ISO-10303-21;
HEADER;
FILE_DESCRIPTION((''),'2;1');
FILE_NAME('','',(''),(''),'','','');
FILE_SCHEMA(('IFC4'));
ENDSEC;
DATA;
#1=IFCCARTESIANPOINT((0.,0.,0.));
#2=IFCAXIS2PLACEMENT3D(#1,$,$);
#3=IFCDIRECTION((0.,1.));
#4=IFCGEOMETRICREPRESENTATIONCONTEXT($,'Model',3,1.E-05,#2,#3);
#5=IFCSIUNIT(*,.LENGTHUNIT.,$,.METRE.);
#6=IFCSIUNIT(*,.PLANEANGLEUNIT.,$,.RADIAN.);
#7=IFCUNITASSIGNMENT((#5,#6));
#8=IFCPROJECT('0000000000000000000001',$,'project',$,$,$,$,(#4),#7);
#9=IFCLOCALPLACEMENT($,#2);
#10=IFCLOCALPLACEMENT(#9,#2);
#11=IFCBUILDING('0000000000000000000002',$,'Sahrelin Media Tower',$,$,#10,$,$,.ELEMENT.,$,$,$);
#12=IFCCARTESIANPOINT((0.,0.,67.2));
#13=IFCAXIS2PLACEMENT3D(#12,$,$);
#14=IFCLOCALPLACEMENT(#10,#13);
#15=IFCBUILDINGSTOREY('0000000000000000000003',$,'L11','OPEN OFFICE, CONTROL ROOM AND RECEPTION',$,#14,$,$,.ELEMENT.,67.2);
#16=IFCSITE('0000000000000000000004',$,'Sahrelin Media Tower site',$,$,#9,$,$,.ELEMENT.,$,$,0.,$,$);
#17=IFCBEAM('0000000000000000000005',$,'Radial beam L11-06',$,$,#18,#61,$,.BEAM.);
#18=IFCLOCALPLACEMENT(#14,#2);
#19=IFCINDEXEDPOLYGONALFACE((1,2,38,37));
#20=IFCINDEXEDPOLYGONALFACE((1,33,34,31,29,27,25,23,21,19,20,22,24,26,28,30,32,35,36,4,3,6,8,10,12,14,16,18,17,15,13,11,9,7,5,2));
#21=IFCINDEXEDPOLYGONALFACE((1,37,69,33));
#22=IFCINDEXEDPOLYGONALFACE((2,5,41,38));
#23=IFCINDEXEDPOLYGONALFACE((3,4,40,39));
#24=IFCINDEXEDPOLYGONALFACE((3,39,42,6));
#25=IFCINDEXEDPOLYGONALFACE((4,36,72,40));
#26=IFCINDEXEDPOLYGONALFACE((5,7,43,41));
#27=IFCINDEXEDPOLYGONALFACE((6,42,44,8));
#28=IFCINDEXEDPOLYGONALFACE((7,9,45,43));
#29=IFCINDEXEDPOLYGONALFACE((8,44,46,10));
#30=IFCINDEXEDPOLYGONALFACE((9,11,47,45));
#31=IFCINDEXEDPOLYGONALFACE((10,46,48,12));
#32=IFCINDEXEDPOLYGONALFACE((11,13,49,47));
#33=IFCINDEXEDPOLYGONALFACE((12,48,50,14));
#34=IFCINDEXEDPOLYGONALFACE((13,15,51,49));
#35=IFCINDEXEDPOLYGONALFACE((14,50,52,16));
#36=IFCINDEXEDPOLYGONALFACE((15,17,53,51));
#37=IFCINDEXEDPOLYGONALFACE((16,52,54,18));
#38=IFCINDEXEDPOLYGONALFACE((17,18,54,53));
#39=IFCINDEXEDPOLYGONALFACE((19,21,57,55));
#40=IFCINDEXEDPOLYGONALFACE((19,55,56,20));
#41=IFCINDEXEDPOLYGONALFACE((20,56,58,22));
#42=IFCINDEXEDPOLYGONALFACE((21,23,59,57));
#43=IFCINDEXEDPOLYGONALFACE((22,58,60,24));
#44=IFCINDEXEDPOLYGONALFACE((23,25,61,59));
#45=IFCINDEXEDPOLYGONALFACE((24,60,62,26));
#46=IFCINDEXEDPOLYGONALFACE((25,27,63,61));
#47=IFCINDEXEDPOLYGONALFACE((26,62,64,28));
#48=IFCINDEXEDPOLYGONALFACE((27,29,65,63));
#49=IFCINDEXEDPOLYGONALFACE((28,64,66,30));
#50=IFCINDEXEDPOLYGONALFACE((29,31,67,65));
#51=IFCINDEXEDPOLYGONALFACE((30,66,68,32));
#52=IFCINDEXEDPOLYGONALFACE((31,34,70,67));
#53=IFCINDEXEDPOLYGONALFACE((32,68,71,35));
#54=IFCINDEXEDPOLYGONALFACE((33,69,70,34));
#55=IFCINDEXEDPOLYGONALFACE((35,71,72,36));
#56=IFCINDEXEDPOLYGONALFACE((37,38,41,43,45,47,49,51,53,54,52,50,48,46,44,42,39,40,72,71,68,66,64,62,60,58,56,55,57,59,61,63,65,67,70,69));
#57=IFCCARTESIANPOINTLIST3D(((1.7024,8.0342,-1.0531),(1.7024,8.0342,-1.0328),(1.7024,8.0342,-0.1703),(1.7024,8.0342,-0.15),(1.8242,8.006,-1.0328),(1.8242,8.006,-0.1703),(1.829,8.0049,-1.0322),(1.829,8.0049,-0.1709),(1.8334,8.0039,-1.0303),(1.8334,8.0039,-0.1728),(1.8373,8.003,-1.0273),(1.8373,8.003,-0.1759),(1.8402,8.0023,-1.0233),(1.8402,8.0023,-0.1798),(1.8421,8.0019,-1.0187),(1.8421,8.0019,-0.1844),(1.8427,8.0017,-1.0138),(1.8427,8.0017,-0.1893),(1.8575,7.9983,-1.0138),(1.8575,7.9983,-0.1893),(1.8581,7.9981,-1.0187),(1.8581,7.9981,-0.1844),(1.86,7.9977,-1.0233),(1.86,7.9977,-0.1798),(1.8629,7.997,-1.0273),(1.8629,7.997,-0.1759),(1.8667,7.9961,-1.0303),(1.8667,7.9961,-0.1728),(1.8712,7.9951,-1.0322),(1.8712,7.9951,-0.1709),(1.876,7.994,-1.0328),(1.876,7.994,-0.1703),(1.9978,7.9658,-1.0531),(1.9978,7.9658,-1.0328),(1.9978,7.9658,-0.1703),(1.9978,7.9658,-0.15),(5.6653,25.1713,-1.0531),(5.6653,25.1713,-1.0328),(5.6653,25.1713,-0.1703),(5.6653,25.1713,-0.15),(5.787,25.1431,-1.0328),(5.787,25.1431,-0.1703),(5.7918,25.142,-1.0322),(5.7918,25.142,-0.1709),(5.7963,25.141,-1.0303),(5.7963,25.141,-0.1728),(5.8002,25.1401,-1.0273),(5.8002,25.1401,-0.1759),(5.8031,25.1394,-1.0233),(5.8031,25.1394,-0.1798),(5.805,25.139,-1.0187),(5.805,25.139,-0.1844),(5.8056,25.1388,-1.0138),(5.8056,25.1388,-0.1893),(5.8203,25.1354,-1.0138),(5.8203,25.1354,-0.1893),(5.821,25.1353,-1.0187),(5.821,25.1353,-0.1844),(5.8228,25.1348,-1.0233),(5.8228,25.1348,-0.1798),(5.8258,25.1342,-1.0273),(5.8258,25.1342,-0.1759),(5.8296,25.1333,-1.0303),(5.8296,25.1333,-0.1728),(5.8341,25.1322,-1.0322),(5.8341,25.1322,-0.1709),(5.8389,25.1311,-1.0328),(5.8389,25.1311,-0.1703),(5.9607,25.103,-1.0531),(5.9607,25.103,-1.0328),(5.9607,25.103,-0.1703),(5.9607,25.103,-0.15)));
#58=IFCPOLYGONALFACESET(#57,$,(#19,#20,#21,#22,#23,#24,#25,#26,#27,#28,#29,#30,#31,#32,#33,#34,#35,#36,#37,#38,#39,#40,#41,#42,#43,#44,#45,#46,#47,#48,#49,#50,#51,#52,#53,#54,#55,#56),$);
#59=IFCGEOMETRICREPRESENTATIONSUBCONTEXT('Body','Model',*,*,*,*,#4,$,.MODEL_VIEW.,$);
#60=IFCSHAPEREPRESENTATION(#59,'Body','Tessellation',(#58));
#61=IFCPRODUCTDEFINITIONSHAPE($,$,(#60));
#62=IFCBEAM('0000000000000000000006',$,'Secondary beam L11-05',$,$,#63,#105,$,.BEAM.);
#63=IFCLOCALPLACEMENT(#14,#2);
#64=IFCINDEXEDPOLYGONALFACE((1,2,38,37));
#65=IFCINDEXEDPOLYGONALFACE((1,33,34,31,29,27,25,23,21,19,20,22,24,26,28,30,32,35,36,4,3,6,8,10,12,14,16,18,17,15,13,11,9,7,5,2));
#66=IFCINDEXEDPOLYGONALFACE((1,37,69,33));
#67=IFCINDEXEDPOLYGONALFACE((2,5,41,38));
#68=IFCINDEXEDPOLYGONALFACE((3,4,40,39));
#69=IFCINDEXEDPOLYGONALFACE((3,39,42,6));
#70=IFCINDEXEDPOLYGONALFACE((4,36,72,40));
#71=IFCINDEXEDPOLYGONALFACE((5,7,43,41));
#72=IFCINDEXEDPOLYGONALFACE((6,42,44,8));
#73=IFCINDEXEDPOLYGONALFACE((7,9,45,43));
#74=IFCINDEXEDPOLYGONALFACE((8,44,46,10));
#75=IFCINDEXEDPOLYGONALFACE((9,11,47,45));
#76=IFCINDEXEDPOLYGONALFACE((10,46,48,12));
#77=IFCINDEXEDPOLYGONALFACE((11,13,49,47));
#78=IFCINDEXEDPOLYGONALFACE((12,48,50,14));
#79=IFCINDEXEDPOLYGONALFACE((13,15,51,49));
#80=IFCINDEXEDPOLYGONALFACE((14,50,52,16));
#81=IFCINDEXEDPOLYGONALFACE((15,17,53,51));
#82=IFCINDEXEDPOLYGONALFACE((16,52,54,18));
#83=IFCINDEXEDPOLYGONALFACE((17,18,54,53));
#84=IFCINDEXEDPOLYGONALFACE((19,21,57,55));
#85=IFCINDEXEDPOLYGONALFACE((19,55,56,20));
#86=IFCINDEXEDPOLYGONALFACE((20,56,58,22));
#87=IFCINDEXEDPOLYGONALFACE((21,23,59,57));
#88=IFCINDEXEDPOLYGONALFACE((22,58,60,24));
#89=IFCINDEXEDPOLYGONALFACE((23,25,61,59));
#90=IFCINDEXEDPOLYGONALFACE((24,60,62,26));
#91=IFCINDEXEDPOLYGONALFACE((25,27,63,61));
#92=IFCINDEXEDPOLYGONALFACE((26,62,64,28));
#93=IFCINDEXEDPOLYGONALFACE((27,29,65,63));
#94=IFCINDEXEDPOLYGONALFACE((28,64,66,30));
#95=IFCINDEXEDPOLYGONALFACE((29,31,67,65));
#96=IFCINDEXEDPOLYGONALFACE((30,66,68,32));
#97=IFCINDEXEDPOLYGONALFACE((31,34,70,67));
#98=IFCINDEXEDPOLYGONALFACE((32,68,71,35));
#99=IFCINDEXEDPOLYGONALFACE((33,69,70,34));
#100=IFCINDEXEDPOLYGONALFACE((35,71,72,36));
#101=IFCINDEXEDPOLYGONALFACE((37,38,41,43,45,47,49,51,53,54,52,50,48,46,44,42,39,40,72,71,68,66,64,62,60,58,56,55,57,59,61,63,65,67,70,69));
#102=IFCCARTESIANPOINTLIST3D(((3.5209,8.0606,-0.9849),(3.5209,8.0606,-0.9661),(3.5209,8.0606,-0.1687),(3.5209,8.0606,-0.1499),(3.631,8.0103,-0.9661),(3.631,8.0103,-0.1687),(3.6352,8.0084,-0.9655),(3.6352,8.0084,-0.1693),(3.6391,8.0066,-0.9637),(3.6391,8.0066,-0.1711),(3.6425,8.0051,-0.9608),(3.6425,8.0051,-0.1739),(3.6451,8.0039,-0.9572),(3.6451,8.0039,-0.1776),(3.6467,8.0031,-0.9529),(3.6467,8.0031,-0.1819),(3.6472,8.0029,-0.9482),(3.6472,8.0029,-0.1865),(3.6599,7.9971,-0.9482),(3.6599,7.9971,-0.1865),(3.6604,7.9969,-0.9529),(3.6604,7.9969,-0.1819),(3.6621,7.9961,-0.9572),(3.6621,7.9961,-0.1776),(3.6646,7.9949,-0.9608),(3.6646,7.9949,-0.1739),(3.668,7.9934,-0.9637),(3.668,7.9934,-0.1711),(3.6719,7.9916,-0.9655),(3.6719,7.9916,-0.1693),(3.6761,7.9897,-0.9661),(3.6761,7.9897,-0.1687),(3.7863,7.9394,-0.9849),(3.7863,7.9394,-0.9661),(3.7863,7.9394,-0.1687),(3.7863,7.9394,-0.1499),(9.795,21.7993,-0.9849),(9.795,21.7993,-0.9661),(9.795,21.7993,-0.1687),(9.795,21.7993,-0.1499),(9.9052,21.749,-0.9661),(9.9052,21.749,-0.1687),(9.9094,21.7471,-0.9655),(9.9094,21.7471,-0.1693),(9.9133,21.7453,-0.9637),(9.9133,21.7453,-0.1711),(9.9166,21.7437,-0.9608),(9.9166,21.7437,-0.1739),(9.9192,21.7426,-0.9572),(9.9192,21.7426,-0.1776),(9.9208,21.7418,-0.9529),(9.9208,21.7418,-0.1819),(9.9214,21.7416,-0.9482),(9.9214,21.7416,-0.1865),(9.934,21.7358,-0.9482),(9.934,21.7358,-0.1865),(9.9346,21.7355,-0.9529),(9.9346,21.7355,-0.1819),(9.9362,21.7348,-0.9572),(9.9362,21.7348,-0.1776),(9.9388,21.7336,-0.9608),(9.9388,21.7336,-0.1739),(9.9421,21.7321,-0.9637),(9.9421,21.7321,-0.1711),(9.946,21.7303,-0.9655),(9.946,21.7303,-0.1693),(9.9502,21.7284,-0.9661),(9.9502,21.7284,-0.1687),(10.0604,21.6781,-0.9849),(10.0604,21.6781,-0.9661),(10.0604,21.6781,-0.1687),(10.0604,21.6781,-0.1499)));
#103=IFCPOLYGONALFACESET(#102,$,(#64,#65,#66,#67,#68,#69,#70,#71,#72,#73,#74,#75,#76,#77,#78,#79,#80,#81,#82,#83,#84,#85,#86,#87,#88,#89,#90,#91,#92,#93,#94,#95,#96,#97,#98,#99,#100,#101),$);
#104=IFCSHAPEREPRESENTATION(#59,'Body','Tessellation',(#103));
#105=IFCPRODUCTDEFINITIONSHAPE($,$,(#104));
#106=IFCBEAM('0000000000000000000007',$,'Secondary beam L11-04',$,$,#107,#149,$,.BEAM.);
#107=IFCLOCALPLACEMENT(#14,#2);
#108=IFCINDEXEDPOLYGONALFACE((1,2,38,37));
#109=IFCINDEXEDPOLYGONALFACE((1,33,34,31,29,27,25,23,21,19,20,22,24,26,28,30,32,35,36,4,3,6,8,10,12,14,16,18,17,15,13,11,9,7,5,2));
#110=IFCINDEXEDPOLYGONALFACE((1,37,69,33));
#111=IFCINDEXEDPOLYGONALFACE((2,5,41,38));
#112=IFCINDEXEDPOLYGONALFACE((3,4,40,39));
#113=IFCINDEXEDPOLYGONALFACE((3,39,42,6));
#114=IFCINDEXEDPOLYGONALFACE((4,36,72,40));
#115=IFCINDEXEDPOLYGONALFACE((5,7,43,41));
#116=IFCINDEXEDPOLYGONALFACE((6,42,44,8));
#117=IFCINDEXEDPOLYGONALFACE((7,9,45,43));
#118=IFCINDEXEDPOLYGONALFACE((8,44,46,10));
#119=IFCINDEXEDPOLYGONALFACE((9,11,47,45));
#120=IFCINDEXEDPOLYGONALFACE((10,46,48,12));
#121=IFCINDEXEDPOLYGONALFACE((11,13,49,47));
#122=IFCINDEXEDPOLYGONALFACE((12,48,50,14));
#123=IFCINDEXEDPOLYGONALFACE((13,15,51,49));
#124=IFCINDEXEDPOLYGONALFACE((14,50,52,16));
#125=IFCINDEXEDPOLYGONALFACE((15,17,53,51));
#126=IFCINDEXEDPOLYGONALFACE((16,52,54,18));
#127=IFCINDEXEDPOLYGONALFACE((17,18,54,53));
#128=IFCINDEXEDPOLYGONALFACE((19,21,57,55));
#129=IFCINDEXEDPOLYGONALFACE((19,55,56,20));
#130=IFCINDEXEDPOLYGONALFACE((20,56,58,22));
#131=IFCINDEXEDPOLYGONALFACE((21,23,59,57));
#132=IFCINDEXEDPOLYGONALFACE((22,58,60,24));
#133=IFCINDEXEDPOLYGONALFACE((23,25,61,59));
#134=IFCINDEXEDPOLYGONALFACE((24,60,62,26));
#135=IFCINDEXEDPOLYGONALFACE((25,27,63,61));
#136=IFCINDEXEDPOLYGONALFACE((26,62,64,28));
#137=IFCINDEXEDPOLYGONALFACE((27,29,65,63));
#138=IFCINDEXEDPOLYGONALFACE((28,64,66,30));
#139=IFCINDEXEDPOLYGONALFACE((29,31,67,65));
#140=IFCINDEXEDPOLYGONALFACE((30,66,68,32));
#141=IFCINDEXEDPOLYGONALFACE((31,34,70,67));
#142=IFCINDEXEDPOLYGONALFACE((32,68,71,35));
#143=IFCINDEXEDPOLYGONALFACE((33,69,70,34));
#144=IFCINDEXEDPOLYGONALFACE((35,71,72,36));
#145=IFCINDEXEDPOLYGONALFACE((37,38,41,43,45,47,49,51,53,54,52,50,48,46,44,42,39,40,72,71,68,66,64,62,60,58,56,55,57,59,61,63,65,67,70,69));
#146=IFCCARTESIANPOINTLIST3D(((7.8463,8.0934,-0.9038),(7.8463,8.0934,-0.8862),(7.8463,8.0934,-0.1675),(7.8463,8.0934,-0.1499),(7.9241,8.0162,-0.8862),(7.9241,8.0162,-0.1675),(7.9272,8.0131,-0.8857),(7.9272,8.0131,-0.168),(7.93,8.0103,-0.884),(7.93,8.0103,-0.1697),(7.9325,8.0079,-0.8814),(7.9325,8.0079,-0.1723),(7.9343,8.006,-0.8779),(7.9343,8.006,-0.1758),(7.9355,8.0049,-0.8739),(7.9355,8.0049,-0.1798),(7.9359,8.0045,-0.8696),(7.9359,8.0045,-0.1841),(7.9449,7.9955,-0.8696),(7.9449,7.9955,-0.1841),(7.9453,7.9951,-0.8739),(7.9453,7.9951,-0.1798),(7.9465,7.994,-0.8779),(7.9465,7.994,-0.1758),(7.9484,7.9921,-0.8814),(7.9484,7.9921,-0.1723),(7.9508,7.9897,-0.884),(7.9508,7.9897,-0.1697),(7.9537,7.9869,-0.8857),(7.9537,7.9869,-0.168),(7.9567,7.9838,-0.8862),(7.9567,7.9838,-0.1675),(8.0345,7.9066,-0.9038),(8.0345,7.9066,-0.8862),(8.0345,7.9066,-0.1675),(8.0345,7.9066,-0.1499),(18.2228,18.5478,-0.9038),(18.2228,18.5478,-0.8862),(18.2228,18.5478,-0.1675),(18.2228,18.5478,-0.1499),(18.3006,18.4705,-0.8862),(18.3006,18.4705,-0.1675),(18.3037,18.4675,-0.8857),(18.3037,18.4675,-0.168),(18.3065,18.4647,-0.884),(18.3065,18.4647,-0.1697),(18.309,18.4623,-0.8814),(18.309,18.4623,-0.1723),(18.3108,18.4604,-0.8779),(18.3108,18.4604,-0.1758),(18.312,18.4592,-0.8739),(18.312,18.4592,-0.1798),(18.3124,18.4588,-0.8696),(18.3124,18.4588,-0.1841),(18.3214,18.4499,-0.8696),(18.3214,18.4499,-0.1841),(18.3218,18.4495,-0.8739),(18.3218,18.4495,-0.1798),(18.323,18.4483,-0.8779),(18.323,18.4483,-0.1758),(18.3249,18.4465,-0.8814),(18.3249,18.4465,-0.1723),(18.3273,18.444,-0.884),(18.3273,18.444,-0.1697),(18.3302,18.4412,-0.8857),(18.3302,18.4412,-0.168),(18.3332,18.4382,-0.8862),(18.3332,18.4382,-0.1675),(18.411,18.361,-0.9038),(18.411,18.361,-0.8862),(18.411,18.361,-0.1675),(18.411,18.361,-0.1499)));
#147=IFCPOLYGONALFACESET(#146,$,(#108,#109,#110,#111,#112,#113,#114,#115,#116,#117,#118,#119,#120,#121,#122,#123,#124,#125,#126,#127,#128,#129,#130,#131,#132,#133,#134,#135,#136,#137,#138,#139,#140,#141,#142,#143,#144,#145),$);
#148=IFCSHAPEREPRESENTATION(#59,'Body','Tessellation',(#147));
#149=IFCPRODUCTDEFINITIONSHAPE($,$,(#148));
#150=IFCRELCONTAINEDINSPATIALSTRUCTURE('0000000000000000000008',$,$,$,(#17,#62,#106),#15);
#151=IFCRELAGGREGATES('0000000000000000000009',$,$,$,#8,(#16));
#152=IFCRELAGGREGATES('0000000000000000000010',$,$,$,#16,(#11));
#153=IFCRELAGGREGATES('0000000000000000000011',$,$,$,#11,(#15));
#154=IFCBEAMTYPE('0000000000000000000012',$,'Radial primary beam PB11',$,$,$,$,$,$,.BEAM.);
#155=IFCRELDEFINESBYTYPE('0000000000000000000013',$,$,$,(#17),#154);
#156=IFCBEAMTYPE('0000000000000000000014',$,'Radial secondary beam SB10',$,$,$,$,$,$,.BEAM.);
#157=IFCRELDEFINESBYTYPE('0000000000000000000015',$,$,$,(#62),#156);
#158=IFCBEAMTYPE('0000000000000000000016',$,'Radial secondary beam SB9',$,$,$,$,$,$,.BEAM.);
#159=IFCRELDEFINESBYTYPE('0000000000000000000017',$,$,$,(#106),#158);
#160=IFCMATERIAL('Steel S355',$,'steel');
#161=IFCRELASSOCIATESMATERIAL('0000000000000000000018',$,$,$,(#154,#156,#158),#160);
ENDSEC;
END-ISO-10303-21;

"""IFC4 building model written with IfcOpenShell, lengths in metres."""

from ifc_helpers import new_model, si_unit, direction, frame, origin, origin_2d, place, context, subcontext, project, spatial, i_section, extrude, material, material_profile, profile_set, type_object, element, save


model = new_model("IFC4")

# Units and contexts
model_context = context("Model", 3, precision=1e-05, world=origin(), true_north=direction((0.0, 1.0)))
body_context = subcontext(model_context, "Body", "Model", "MODEL_VIEW")
ifc_project = project(units=[si_unit("LENGTHUNIT", "METRE"), si_unit("PLANEANGLEUNIT", "RADIAN")], contexts=[model_context])

# Site, building, storey
site_placement = place(None, origin())
site = spatial("IfcSite", under=ifc_project, at=site_placement, Name="Sahrelin Media Tower site", CompositionType="ELEMENT", RefElevation=0.0)
building_placement = place(site_placement, origin())
building = spatial("IfcBuilding", under=site, at=building_placement, Name="Sahrelin Media Tower", CompositionType="ELEMENT")
storey_placement = place(building_placement, frame((0.0, 0.0, 67.2)))
storey = spatial("IfcBuildingStorey", under=building, at=storey_placement, Name="L11", Description="OPEN OFFICE, CONTROL ROOM AND RECEPTION", CompositionType="ELEMENT", Elevation=67.2)

# Shared definitions
ifc_material_1 = material(Name="Steel S355", Category="steel")

# Beams
ifc_material_profile_1 = material_profile(ifc_material_1, i_section(OverallWidth=0.3032, OverallDepth=0.9031, WebThickness=0.0151, FlangeThickness=0.0203, FilletRadius=0.019, at=origin_2d()), Name="UB 914x305x201")
ifc_profile_set_1 = profile_set([ifc_material_profile_1], Name="Steel S355")
beam_type_1 = type_object("IfcBeamType", Name="Radial primary beam PB11", PredefinedType="BEAM", material=ifc_profile_set_1)
beam_1_placement = place(storey_placement, frame((1.8501, 8.0, -0.6016), z_axis=(0.225299, 0.97429, 0.0), x_axis=(-0.97429, 0.225299, 0.0)))
element("IfcBeam", 1, at=beam_1_placement, inside=storey, type_object=beam_type_1, Name="Radial beam L11-06", PredefinedType="BEAM", context=body_context, shape_type="SweptSolid", body=[
    extrude(i_section(OverallWidth=0.3032, OverallDepth=0.9031, WebThickness=0.0151, FlangeThickness=0.0203, FilletRadius=0.019, at=origin_2d()), origin(), (0.0, 0.0, 1.0), 17.5894),
])
ifc_material_profile_2 = material_profile(ifc_material_1, i_section(OverallWidth=0.2917, OverallDepth=0.835, WebThickness=0.0139, FlangeThickness=0.0188, FilletRadius=0.0178, at=origin_2d()), Name="UB 838x292x176")
ifc_profile_set_2 = profile_set([ifc_material_profile_2], Name="Steel S355")
beam_type_2 = type_object("IfcBeamType", Name="Radial secondary beam SB10", PredefinedType="BEAM", material=ifc_profile_set_2)
beam_2_placement = place(storey_placement, frame((3.6536, 8.0, -0.5674), z_axis=(0.415409, 0.909635, 0.0), x_axis=(-0.909635, 0.415409, 0.0)))
element("IfcBeam", 2, at=beam_2_placement, inside=storey, type_object=beam_type_2, Name="Secondary beam L11-05", PredefinedType="BEAM", context=body_context, shape_type="SweptSolid", body=[
    extrude(i_section(OverallWidth=0.2917, OverallDepth=0.835, WebThickness=0.0139, FlangeThickness=0.0188, FilletRadius=0.0178, at=origin_2d()), origin(), (0.0, 0.0, 1.0), 15.1035),
])
ifc_material_profile_3 = material_profile(ifc_material_1, i_section(OverallWidth=0.2651, OverallDepth=0.7539, WebThickness=0.0127, FlangeThickness=0.0176, FilletRadius=0.0166, at=origin_2d()), Name="UB 762x267x147")
ifc_profile_set_3 = profile_set([ifc_material_profile_3], Name="Steel S355")
beam_type_3 = type_object("IfcBeamType", Name="Radial secondary beam SB9", PredefinedType="BEAM", material=ifc_profile_set_3)
beam_3_placement = place(storey_placement, frame((7.9404, 8.0, -0.5269), z_axis=(0.704458, 0.709746, 0.0), x_axis=(-0.709746, 0.704458, 0.0)))
element("IfcBeam", 3, at=beam_3_placement, inside=storey, type_object=beam_type_3, Name="Secondary beam L11-04", PredefinedType="BEAM", context=body_context, shape_type="SweptSolid", body=[
    extrude(i_section(OverallWidth=0.2651, OverallDepth=0.7539, WebThickness=0.0127, FlangeThickness=0.0176, FilletRadius=0.0166, at=origin_2d()), origin(), (0.0, 0.0, 1.0), 14.7297),
])

save(model, "model.ifc")
